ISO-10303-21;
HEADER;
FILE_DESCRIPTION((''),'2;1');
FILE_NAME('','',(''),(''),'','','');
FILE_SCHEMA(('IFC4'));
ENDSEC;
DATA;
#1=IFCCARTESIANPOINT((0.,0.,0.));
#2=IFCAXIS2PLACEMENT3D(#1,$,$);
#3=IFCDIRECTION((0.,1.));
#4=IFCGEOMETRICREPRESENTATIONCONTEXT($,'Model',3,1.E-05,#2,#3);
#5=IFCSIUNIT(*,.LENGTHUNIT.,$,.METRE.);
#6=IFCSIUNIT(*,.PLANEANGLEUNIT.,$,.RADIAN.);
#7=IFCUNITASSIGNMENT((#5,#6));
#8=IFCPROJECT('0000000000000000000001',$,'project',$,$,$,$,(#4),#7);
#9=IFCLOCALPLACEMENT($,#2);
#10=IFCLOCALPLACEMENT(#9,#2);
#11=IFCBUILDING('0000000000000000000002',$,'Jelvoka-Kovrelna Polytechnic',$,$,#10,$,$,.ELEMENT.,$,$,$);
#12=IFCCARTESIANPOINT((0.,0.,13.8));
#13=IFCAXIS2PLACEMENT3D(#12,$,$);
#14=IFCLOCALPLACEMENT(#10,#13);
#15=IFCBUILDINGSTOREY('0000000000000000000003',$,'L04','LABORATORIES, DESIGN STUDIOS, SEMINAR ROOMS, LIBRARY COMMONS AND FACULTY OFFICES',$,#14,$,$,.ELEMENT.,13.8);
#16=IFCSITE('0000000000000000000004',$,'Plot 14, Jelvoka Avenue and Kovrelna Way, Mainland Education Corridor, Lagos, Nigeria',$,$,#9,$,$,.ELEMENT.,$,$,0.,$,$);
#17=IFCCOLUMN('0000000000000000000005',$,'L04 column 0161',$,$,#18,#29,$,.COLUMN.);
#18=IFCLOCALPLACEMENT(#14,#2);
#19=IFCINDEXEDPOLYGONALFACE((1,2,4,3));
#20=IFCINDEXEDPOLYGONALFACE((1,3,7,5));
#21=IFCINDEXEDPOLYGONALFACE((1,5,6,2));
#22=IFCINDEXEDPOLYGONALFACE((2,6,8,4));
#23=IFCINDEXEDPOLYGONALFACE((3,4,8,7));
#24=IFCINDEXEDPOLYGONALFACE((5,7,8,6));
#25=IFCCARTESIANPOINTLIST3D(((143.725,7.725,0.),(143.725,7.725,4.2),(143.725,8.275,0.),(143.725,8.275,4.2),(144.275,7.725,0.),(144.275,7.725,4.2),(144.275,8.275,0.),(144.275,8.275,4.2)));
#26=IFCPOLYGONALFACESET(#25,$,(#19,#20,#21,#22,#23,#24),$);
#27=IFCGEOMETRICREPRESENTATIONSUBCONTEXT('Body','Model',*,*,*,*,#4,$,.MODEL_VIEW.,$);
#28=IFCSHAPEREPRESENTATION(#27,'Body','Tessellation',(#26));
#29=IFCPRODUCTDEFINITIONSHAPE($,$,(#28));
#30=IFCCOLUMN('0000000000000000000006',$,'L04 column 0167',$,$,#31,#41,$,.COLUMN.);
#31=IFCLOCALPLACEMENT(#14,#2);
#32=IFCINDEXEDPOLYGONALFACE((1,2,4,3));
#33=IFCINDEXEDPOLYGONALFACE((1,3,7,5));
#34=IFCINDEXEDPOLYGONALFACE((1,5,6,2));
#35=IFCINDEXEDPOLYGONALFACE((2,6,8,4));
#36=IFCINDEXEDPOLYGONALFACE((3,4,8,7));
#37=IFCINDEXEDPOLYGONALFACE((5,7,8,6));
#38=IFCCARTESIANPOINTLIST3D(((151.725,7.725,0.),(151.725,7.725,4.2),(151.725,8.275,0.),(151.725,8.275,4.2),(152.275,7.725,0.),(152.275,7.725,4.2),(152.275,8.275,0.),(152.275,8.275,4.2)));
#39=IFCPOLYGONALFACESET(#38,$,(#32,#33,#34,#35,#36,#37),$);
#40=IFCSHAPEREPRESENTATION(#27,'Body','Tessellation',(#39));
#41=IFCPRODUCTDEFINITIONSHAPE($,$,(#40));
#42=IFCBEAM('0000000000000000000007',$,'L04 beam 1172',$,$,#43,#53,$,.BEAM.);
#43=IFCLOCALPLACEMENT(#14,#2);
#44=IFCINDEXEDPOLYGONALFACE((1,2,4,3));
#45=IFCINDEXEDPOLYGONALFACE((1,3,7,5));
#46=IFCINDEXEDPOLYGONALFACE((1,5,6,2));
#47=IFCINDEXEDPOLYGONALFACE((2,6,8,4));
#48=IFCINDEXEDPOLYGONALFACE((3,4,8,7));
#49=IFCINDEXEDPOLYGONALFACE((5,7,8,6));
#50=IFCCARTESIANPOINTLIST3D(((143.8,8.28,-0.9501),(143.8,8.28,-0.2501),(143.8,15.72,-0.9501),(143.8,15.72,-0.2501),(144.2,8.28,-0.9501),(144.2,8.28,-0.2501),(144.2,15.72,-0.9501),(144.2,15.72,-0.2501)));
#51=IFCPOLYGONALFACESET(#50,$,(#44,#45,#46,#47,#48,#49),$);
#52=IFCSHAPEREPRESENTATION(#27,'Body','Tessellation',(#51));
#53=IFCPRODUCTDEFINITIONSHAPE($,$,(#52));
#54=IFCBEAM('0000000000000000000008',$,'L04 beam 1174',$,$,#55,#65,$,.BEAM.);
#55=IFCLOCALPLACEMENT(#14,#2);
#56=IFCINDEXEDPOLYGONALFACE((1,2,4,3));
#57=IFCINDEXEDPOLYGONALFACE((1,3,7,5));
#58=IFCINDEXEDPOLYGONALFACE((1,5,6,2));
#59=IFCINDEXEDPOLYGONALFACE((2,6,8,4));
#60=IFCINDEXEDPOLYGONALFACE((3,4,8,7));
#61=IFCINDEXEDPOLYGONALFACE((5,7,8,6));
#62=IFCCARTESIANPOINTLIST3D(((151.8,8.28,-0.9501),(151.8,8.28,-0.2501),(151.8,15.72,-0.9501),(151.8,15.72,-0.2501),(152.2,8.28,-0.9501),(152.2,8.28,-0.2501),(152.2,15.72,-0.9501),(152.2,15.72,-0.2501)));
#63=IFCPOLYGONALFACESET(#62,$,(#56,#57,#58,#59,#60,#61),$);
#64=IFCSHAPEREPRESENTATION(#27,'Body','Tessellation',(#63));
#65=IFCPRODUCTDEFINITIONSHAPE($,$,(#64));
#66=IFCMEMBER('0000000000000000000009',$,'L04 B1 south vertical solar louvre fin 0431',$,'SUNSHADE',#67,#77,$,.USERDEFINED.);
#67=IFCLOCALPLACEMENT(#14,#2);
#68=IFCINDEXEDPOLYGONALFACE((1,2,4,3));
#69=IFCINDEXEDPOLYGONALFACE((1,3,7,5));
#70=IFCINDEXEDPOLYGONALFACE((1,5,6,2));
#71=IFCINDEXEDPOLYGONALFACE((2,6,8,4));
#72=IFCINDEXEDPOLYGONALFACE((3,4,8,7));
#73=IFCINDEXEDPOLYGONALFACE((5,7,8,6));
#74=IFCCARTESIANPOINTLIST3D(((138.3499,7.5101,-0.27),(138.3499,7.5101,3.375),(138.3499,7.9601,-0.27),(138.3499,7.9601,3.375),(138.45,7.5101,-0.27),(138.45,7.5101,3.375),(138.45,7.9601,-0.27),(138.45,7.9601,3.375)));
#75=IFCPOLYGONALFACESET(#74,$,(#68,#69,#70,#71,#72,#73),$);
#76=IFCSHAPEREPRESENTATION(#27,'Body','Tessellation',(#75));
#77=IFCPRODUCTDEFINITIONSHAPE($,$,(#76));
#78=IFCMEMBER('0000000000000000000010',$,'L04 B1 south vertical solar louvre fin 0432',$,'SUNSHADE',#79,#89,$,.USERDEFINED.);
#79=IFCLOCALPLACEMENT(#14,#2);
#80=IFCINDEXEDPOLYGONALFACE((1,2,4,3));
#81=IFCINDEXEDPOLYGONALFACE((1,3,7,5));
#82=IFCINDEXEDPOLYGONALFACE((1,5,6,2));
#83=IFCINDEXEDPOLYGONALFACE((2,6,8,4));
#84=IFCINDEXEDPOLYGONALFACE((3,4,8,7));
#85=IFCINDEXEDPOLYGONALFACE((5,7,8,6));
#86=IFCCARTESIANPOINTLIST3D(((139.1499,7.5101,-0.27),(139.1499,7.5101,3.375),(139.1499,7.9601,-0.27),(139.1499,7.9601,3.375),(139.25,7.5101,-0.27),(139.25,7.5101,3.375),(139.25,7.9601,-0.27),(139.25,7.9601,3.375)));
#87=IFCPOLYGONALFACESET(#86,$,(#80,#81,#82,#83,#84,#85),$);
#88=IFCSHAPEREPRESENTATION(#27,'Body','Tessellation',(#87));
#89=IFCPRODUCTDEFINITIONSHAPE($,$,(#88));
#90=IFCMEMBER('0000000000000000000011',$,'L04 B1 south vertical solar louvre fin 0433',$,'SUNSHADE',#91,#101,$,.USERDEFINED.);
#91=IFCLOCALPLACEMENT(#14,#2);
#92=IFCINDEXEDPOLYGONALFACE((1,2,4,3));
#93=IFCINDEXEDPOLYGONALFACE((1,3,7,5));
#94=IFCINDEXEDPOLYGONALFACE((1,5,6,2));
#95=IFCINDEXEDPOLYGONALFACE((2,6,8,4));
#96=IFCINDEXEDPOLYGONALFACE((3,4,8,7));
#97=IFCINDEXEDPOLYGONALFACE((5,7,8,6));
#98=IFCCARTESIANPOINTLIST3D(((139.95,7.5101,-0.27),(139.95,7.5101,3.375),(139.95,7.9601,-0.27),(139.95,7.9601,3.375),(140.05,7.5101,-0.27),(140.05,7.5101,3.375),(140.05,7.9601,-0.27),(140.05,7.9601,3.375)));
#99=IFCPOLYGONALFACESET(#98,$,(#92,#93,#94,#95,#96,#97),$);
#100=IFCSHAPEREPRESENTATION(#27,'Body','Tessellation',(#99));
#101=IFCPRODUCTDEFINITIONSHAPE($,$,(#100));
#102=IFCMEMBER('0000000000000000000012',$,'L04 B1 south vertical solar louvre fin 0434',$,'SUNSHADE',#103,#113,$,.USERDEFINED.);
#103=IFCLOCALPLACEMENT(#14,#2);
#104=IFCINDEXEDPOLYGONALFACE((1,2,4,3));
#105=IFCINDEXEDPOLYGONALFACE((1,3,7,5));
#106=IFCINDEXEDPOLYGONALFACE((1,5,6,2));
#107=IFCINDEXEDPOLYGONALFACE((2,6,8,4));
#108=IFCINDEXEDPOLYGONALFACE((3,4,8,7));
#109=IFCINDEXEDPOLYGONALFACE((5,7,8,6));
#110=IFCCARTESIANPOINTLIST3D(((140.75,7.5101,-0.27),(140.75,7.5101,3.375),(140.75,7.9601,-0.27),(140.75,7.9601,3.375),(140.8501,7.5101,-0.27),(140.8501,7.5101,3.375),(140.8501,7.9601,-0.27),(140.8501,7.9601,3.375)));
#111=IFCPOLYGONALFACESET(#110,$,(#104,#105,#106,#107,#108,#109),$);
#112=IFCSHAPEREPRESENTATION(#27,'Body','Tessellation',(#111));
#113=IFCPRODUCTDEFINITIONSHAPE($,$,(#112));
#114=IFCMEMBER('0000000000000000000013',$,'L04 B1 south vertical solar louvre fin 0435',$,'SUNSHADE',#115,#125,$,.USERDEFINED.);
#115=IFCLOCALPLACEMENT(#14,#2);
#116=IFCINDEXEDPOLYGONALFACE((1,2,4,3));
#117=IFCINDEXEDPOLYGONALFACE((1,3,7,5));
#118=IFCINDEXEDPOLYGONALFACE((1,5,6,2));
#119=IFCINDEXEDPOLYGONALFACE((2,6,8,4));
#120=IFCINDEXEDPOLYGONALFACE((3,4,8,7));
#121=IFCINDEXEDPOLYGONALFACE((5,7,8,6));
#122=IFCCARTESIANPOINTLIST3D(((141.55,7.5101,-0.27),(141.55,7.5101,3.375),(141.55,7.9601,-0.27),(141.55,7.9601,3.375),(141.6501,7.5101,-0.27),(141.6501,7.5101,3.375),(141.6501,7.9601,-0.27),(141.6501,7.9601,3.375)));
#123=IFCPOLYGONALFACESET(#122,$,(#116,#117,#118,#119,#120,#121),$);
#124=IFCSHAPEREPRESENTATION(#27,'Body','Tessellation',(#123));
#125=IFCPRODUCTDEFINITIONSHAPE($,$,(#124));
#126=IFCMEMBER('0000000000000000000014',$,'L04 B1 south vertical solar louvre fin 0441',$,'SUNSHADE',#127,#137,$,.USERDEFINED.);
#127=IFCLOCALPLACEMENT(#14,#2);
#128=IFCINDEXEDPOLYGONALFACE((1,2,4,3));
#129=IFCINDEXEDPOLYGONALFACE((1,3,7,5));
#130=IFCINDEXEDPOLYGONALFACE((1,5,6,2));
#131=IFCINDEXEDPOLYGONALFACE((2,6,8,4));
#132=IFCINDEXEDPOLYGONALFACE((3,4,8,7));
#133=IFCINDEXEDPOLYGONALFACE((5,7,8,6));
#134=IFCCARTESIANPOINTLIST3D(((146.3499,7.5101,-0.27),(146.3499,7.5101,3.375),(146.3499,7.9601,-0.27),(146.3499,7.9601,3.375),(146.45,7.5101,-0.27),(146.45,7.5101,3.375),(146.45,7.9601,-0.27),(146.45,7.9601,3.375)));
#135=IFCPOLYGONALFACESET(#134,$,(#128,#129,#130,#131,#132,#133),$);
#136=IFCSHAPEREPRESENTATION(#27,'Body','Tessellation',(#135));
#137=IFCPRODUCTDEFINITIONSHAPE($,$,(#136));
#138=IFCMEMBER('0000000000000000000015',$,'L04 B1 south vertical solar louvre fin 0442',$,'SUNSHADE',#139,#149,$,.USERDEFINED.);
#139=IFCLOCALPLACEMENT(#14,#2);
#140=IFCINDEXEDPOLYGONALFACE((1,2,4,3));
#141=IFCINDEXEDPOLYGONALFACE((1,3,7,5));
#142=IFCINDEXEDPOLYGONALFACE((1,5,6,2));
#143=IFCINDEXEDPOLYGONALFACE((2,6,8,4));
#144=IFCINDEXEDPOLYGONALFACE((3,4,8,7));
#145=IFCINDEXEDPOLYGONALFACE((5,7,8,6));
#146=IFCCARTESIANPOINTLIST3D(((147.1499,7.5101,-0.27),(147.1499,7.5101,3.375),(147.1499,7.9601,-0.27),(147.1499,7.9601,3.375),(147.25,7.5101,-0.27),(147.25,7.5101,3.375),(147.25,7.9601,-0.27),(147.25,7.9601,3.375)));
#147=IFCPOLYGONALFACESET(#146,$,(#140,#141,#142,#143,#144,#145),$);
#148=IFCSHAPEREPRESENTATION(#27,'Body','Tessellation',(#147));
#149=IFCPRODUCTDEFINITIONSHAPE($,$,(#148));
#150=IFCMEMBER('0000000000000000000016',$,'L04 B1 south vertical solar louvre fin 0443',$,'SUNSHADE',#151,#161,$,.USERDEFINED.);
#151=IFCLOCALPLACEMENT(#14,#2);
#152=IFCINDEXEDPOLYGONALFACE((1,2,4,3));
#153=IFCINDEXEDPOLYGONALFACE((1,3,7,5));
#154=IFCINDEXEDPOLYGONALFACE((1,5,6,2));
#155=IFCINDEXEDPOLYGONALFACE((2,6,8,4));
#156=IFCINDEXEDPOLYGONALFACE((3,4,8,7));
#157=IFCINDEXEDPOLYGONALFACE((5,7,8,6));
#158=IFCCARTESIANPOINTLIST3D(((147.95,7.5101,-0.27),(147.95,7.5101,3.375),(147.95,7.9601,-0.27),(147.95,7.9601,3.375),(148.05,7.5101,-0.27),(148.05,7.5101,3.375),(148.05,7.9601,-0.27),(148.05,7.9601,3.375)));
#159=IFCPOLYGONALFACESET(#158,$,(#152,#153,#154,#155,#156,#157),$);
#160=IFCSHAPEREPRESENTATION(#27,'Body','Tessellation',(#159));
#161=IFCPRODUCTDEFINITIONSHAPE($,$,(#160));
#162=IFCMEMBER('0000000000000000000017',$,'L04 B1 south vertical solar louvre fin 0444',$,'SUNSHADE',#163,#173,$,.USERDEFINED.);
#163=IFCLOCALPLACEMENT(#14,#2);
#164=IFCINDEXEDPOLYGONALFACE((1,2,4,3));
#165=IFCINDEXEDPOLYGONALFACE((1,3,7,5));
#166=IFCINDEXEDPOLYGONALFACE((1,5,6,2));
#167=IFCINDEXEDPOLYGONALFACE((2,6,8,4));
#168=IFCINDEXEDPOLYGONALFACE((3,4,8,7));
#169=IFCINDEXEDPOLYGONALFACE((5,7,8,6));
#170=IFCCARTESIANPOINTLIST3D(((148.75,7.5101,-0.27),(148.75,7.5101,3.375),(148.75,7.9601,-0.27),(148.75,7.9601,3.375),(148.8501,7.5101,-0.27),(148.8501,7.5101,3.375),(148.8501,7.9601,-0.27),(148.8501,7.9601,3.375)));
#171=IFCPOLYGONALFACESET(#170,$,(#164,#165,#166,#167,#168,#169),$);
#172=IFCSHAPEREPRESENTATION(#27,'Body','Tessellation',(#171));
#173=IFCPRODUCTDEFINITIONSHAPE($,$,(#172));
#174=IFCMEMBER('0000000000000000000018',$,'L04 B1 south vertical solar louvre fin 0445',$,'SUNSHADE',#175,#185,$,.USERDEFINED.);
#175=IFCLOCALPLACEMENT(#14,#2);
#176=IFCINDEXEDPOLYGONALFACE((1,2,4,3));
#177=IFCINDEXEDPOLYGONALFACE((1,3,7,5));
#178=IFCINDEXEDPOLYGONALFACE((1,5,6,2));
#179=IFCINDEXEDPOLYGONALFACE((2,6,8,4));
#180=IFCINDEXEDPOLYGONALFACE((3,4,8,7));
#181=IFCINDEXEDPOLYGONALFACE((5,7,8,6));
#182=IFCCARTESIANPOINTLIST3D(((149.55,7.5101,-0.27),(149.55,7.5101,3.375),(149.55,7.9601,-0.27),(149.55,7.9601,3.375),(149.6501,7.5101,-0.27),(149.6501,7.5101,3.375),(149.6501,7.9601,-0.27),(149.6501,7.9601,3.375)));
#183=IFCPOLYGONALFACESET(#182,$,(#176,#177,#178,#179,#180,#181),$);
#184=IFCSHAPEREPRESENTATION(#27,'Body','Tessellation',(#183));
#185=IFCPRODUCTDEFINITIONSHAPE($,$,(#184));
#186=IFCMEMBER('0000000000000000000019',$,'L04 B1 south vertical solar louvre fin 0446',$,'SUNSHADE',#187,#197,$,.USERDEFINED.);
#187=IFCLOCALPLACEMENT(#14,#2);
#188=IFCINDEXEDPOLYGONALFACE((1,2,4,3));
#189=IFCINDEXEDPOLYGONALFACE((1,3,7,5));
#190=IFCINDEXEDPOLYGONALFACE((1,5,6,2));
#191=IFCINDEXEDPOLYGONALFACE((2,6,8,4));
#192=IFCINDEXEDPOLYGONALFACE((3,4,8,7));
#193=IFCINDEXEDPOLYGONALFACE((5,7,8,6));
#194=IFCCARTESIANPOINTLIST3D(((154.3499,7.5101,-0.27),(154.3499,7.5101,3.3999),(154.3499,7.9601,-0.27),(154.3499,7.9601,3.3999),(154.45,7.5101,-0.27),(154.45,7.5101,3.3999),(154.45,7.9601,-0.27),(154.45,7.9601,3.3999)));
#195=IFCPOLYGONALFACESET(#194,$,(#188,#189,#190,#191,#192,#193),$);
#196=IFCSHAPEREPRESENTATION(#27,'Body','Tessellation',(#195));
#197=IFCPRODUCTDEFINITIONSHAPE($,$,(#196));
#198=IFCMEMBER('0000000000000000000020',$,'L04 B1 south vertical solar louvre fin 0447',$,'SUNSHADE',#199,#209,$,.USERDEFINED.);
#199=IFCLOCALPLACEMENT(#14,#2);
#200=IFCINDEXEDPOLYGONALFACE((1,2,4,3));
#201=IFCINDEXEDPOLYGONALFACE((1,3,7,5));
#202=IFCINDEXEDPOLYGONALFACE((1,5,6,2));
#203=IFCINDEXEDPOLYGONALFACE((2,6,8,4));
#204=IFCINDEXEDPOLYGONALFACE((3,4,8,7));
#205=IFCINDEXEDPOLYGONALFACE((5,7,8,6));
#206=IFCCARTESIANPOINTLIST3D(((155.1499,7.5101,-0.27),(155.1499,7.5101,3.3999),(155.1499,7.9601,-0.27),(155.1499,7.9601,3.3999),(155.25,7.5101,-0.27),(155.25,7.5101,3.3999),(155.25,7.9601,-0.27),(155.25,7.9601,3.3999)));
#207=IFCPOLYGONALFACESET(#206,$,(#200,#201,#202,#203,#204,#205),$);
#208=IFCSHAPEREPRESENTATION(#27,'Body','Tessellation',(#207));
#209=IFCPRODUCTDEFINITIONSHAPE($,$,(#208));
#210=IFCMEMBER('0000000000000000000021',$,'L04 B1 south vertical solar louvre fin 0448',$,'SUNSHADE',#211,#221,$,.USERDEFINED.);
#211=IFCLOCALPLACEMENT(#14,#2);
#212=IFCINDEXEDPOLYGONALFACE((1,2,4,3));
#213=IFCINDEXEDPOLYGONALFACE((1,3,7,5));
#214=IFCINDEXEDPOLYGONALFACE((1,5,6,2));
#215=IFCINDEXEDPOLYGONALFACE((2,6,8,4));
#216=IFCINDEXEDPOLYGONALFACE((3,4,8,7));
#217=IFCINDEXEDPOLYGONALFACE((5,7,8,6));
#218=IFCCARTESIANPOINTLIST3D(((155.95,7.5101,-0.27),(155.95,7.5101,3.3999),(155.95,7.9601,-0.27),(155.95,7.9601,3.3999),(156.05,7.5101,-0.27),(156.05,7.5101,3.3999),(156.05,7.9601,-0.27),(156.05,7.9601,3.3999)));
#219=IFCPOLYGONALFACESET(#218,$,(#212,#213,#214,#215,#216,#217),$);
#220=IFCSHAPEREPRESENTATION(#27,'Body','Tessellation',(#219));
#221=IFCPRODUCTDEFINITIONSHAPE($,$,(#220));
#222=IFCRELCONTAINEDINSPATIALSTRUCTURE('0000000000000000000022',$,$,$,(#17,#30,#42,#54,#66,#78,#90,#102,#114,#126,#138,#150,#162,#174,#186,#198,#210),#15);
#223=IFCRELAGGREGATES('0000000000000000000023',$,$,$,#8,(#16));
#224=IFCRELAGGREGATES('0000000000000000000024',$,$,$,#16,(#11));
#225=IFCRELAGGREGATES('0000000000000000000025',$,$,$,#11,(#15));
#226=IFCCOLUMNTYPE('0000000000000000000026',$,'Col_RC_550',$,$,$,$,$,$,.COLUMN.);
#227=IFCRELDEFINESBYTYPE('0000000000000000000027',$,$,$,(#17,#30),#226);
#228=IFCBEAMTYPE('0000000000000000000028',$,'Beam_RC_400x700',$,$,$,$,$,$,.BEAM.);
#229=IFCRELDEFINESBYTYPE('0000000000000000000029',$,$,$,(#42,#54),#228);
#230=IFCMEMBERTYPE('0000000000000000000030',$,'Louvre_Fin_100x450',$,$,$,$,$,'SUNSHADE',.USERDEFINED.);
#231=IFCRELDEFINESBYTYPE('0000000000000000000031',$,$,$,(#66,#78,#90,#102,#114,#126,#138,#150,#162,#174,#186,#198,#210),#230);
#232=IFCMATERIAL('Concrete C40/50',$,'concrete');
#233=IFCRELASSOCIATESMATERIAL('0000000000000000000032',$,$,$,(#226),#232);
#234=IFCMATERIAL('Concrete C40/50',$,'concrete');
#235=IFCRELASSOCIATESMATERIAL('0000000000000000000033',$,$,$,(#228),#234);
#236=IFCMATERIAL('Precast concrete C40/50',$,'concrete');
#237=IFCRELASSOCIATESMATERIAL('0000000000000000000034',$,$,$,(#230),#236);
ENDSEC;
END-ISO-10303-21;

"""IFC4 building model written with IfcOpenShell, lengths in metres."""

from ifc_helpers import new_model, si_unit, direction, frame, origin, origin_2d, place, context, subcontext, project, spatial, rectangle, extrude, material, material_profile, profile_set, type_object, element, save


model = new_model("IFC4")

# Units and contexts
model_context = context("Model", 3, precision=1e-05, world=origin(), true_north=direction((0.0, 1.0)))
body_context = subcontext(model_context, "Body", "Model", "MODEL_VIEW")
ifc_project = project(units=[si_unit("LENGTHUNIT", "METRE"), si_unit("PLANEANGLEUNIT", "RADIAN")], contexts=[model_context])

# Site, building, storey
site_placement = place(None, origin())
site = spatial("IfcSite", under=ifc_project, at=site_placement, Name="Plot 14, Jelvoka Avenue and Kovrelna Way, Mainland Education Corridor, Lagos, Nigeria", CompositionType="ELEMENT", RefElevation=0.0)
building_placement = place(site_placement, origin())
building = spatial("IfcBuilding", under=site, at=building_placement, Name="Jelvoka-Kovrelna Polytechnic", CompositionType="ELEMENT")
storey_placement = place(building_placement, frame((0.0, 0.0, 13.8)))
storey = spatial("IfcBuildingStorey", under=building, at=storey_placement, Name="L04", Description="LABORATORIES, DESIGN STUDIOS, SEMINAR ROOMS, LIBRARY COMMONS AND FACULTY OFFICES", CompositionType="ELEMENT", Elevation=13.8)

# Columns
ifc_material_1 = material(Name="Concrete C40/50", Category="concrete")
ifc_material_profile_1 = material_profile(ifc_material_1, rectangle(XDim=0.55, YDim=0.55, at=origin_2d()), Name="RC 550x550")
ifc_profile_set_1 = profile_set([ifc_material_profile_1], Name="Concrete C40/50")
column_type = type_object("IfcColumnType", Name="Col_RC_550", PredefinedType="COLUMN", material=ifc_profile_set_1)
for number, where, z_axis, x_axis, name in (
    (1, (144.0, 8.0, 0.0), (0.0, 0.0, 1.0), (1.0, 0.0, 0.0), "L04 column 0161"),
    (2, (152.0, 8.0, 0.0), (0.0, 0.0, 1.0), (1.0, 0.0, 0.0), "L04 column 0167"),
):
    element("IfcColumn", number, at=place(storey_placement, frame(where, z_axis=z_axis, x_axis=x_axis)), inside=storey, type_object=column_type, Name=name, PredefinedType="COLUMN", context=body_context, shape_type="SweptSolid", body=[
        extrude(rectangle(XDim=0.55, YDim=0.55, at=origin_2d()), origin(), (0.0, 0.0, 1.0), 4.2),
    ])

# Beams
ifc_material_2 = material(Name="Concrete C40/50", Category="concrete")
ifc_material_profile_2 = material_profile(ifc_material_2, rectangle(XDim=0.3999, YDim=0.7, at=origin_2d()), Name="RC 400x700")
ifc_profile_set_2 = profile_set([ifc_material_profile_2], Name="Concrete C40/50")
beam_type_1 = type_object("IfcBeamType", Name="Beam_RC_400x700", PredefinedType="BEAM", material=ifc_profile_set_2)
for number, where, z_axis, x_axis, name in (
    (3, (144.0, 8.28, -0.6001), (0.0, 1.0, 0.0), (-1.0, 0.0, 0.0), "L04 beam 1172"),
    (4, (152.0, 8.28, -0.6001), (0.0, 1.0, 0.0), (-1.0, 0.0, 0.0), "L04 beam 1174"),
):
    element("IfcBeam", number, at=place(storey_placement, frame(where, z_axis=z_axis, x_axis=x_axis)), inside=storey, type_object=beam_type_1, Name=name, PredefinedType="BEAM", context=body_context, shape_type="SweptSolid", body=[
        extrude(rectangle(XDim=0.3999, YDim=0.7, at=origin_2d()), origin(), (0.0, 0.0, 1.0), 7.4399),
    ])

# Members
ifc_material_3 = material(Name="Precast concrete C40/50", Category="concrete")
ifc_material_profile_3 = material_profile(ifc_material_3, rectangle(XDim=0.1001, YDim=0.45, at=origin_2d()), Name="PC 100x450")
ifc_profile_set_3 = profile_set([ifc_material_profile_3], Name="Precast concrete C40/50")
member_type = type_object("IfcMemberType", Name="Louvre_Fin_100x450", ElementType="SUNSHADE", PredefinedType="USERDEFINED", material=ifc_profile_set_3)
for number, where, z_axis, x_axis, name in (
    (5, (138.3999, 7.7351, -0.27), (0.0, 0.0, 1.0), (1.0, 0.0, 0.0), "L04 B1 south vertical solar louvre fin 0431"),
    (6, (139.2, 7.7351, -0.27), (0.0, 0.0, 1.0), (1.0, 0.0, 0.0), "L04 B1 south vertical solar louvre fin 0432"),
    (7, (140.0, 7.7351, -0.27), (0.0, 0.0, 1.0), (1.0, 0.0, 0.0), "L04 B1 south vertical solar louvre fin 0433"),
    (8, (140.8, 7.7351, -0.27), (0.0, 0.0, 1.0), (1.0, 0.0, 0.0), "L04 B1 south vertical solar louvre fin 0434"),
    (9, (141.6001, 7.7351, -0.27), (0.0, 0.0, 1.0), (1.0, 0.0, 0.0), "L04 B1 south vertical solar louvre fin 0435"),
    (10, (146.3999, 7.7351, -0.27), (0.0, 0.0, 1.0), (1.0, 0.0, 0.0), "L04 B1 south vertical solar louvre fin 0441"),
    (11, (147.2, 7.7351, -0.27), (0.0, 0.0, 1.0), (1.0, 0.0, 0.0), "L04 B1 south vertical solar louvre fin 0442"),
    (12, (148.0, 7.7351, -0.27), (0.0, 0.0, 1.0), (1.0, 0.0, 0.0), "L04 B1 south vertical solar louvre fin 0443"),
    (13, (148.8, 7.7351, -0.27), (0.0, 0.0, 1.0), (1.0, 0.0, 0.0), "L04 B1 south vertical solar louvre fin 0444"),
    (14, (149.6001, 7.7351, -0.27), (0.0, 0.0, 1.0), (1.0, 0.0, 0.0), "L04 B1 south vertical solar louvre fin 0445"),
):
    element("IfcMember", number, at=place(storey_placement, frame(where, z_axis=z_axis, x_axis=x_axis)), inside=storey, type_object=member_type, Name=name, ObjectType="SUNSHADE", PredefinedType="USERDEFINED", context=body_context, shape_type="SweptSolid", body=[
        extrude(rectangle(XDim=0.1001, YDim=0.45, at=origin_2d()), origin(), (0.0, 0.0, 1.0), 3.645),
    ])
for number, where, z_axis, x_axis, name in (
    (15, (154.3999, 7.7351, -0.27), (0.0, 0.0, 1.0), (1.0, 0.0, 0.0), "L04 B1 south vertical solar louvre fin 0446"),
    (16, (155.2, 7.7351, -0.27), (0.0, 0.0, 1.0), (1.0, 0.0, 0.0), "L04 B1 south vertical solar louvre fin 0447"),
    (17, (156.0, 7.7351, -0.27), (0.0, 0.0, 1.0), (1.0, 0.0, 0.0), "L04 B1 south vertical solar louvre fin 0448"),
):
    element("IfcMember", number, at=place(storey_placement, frame(where, z_axis=z_axis, x_axis=x_axis)), inside=storey, type_object=member_type, Name=name, ObjectType="SUNSHADE", PredefinedType="USERDEFINED", context=body_context, shape_type="SweptSolid", body=[
        extrude(rectangle(XDim=0.1001, YDim=0.45, at=origin_2d()), origin(), (0.0, 0.0, 1.0), 3.6699),
    ])

save(model, "model.ifc")
